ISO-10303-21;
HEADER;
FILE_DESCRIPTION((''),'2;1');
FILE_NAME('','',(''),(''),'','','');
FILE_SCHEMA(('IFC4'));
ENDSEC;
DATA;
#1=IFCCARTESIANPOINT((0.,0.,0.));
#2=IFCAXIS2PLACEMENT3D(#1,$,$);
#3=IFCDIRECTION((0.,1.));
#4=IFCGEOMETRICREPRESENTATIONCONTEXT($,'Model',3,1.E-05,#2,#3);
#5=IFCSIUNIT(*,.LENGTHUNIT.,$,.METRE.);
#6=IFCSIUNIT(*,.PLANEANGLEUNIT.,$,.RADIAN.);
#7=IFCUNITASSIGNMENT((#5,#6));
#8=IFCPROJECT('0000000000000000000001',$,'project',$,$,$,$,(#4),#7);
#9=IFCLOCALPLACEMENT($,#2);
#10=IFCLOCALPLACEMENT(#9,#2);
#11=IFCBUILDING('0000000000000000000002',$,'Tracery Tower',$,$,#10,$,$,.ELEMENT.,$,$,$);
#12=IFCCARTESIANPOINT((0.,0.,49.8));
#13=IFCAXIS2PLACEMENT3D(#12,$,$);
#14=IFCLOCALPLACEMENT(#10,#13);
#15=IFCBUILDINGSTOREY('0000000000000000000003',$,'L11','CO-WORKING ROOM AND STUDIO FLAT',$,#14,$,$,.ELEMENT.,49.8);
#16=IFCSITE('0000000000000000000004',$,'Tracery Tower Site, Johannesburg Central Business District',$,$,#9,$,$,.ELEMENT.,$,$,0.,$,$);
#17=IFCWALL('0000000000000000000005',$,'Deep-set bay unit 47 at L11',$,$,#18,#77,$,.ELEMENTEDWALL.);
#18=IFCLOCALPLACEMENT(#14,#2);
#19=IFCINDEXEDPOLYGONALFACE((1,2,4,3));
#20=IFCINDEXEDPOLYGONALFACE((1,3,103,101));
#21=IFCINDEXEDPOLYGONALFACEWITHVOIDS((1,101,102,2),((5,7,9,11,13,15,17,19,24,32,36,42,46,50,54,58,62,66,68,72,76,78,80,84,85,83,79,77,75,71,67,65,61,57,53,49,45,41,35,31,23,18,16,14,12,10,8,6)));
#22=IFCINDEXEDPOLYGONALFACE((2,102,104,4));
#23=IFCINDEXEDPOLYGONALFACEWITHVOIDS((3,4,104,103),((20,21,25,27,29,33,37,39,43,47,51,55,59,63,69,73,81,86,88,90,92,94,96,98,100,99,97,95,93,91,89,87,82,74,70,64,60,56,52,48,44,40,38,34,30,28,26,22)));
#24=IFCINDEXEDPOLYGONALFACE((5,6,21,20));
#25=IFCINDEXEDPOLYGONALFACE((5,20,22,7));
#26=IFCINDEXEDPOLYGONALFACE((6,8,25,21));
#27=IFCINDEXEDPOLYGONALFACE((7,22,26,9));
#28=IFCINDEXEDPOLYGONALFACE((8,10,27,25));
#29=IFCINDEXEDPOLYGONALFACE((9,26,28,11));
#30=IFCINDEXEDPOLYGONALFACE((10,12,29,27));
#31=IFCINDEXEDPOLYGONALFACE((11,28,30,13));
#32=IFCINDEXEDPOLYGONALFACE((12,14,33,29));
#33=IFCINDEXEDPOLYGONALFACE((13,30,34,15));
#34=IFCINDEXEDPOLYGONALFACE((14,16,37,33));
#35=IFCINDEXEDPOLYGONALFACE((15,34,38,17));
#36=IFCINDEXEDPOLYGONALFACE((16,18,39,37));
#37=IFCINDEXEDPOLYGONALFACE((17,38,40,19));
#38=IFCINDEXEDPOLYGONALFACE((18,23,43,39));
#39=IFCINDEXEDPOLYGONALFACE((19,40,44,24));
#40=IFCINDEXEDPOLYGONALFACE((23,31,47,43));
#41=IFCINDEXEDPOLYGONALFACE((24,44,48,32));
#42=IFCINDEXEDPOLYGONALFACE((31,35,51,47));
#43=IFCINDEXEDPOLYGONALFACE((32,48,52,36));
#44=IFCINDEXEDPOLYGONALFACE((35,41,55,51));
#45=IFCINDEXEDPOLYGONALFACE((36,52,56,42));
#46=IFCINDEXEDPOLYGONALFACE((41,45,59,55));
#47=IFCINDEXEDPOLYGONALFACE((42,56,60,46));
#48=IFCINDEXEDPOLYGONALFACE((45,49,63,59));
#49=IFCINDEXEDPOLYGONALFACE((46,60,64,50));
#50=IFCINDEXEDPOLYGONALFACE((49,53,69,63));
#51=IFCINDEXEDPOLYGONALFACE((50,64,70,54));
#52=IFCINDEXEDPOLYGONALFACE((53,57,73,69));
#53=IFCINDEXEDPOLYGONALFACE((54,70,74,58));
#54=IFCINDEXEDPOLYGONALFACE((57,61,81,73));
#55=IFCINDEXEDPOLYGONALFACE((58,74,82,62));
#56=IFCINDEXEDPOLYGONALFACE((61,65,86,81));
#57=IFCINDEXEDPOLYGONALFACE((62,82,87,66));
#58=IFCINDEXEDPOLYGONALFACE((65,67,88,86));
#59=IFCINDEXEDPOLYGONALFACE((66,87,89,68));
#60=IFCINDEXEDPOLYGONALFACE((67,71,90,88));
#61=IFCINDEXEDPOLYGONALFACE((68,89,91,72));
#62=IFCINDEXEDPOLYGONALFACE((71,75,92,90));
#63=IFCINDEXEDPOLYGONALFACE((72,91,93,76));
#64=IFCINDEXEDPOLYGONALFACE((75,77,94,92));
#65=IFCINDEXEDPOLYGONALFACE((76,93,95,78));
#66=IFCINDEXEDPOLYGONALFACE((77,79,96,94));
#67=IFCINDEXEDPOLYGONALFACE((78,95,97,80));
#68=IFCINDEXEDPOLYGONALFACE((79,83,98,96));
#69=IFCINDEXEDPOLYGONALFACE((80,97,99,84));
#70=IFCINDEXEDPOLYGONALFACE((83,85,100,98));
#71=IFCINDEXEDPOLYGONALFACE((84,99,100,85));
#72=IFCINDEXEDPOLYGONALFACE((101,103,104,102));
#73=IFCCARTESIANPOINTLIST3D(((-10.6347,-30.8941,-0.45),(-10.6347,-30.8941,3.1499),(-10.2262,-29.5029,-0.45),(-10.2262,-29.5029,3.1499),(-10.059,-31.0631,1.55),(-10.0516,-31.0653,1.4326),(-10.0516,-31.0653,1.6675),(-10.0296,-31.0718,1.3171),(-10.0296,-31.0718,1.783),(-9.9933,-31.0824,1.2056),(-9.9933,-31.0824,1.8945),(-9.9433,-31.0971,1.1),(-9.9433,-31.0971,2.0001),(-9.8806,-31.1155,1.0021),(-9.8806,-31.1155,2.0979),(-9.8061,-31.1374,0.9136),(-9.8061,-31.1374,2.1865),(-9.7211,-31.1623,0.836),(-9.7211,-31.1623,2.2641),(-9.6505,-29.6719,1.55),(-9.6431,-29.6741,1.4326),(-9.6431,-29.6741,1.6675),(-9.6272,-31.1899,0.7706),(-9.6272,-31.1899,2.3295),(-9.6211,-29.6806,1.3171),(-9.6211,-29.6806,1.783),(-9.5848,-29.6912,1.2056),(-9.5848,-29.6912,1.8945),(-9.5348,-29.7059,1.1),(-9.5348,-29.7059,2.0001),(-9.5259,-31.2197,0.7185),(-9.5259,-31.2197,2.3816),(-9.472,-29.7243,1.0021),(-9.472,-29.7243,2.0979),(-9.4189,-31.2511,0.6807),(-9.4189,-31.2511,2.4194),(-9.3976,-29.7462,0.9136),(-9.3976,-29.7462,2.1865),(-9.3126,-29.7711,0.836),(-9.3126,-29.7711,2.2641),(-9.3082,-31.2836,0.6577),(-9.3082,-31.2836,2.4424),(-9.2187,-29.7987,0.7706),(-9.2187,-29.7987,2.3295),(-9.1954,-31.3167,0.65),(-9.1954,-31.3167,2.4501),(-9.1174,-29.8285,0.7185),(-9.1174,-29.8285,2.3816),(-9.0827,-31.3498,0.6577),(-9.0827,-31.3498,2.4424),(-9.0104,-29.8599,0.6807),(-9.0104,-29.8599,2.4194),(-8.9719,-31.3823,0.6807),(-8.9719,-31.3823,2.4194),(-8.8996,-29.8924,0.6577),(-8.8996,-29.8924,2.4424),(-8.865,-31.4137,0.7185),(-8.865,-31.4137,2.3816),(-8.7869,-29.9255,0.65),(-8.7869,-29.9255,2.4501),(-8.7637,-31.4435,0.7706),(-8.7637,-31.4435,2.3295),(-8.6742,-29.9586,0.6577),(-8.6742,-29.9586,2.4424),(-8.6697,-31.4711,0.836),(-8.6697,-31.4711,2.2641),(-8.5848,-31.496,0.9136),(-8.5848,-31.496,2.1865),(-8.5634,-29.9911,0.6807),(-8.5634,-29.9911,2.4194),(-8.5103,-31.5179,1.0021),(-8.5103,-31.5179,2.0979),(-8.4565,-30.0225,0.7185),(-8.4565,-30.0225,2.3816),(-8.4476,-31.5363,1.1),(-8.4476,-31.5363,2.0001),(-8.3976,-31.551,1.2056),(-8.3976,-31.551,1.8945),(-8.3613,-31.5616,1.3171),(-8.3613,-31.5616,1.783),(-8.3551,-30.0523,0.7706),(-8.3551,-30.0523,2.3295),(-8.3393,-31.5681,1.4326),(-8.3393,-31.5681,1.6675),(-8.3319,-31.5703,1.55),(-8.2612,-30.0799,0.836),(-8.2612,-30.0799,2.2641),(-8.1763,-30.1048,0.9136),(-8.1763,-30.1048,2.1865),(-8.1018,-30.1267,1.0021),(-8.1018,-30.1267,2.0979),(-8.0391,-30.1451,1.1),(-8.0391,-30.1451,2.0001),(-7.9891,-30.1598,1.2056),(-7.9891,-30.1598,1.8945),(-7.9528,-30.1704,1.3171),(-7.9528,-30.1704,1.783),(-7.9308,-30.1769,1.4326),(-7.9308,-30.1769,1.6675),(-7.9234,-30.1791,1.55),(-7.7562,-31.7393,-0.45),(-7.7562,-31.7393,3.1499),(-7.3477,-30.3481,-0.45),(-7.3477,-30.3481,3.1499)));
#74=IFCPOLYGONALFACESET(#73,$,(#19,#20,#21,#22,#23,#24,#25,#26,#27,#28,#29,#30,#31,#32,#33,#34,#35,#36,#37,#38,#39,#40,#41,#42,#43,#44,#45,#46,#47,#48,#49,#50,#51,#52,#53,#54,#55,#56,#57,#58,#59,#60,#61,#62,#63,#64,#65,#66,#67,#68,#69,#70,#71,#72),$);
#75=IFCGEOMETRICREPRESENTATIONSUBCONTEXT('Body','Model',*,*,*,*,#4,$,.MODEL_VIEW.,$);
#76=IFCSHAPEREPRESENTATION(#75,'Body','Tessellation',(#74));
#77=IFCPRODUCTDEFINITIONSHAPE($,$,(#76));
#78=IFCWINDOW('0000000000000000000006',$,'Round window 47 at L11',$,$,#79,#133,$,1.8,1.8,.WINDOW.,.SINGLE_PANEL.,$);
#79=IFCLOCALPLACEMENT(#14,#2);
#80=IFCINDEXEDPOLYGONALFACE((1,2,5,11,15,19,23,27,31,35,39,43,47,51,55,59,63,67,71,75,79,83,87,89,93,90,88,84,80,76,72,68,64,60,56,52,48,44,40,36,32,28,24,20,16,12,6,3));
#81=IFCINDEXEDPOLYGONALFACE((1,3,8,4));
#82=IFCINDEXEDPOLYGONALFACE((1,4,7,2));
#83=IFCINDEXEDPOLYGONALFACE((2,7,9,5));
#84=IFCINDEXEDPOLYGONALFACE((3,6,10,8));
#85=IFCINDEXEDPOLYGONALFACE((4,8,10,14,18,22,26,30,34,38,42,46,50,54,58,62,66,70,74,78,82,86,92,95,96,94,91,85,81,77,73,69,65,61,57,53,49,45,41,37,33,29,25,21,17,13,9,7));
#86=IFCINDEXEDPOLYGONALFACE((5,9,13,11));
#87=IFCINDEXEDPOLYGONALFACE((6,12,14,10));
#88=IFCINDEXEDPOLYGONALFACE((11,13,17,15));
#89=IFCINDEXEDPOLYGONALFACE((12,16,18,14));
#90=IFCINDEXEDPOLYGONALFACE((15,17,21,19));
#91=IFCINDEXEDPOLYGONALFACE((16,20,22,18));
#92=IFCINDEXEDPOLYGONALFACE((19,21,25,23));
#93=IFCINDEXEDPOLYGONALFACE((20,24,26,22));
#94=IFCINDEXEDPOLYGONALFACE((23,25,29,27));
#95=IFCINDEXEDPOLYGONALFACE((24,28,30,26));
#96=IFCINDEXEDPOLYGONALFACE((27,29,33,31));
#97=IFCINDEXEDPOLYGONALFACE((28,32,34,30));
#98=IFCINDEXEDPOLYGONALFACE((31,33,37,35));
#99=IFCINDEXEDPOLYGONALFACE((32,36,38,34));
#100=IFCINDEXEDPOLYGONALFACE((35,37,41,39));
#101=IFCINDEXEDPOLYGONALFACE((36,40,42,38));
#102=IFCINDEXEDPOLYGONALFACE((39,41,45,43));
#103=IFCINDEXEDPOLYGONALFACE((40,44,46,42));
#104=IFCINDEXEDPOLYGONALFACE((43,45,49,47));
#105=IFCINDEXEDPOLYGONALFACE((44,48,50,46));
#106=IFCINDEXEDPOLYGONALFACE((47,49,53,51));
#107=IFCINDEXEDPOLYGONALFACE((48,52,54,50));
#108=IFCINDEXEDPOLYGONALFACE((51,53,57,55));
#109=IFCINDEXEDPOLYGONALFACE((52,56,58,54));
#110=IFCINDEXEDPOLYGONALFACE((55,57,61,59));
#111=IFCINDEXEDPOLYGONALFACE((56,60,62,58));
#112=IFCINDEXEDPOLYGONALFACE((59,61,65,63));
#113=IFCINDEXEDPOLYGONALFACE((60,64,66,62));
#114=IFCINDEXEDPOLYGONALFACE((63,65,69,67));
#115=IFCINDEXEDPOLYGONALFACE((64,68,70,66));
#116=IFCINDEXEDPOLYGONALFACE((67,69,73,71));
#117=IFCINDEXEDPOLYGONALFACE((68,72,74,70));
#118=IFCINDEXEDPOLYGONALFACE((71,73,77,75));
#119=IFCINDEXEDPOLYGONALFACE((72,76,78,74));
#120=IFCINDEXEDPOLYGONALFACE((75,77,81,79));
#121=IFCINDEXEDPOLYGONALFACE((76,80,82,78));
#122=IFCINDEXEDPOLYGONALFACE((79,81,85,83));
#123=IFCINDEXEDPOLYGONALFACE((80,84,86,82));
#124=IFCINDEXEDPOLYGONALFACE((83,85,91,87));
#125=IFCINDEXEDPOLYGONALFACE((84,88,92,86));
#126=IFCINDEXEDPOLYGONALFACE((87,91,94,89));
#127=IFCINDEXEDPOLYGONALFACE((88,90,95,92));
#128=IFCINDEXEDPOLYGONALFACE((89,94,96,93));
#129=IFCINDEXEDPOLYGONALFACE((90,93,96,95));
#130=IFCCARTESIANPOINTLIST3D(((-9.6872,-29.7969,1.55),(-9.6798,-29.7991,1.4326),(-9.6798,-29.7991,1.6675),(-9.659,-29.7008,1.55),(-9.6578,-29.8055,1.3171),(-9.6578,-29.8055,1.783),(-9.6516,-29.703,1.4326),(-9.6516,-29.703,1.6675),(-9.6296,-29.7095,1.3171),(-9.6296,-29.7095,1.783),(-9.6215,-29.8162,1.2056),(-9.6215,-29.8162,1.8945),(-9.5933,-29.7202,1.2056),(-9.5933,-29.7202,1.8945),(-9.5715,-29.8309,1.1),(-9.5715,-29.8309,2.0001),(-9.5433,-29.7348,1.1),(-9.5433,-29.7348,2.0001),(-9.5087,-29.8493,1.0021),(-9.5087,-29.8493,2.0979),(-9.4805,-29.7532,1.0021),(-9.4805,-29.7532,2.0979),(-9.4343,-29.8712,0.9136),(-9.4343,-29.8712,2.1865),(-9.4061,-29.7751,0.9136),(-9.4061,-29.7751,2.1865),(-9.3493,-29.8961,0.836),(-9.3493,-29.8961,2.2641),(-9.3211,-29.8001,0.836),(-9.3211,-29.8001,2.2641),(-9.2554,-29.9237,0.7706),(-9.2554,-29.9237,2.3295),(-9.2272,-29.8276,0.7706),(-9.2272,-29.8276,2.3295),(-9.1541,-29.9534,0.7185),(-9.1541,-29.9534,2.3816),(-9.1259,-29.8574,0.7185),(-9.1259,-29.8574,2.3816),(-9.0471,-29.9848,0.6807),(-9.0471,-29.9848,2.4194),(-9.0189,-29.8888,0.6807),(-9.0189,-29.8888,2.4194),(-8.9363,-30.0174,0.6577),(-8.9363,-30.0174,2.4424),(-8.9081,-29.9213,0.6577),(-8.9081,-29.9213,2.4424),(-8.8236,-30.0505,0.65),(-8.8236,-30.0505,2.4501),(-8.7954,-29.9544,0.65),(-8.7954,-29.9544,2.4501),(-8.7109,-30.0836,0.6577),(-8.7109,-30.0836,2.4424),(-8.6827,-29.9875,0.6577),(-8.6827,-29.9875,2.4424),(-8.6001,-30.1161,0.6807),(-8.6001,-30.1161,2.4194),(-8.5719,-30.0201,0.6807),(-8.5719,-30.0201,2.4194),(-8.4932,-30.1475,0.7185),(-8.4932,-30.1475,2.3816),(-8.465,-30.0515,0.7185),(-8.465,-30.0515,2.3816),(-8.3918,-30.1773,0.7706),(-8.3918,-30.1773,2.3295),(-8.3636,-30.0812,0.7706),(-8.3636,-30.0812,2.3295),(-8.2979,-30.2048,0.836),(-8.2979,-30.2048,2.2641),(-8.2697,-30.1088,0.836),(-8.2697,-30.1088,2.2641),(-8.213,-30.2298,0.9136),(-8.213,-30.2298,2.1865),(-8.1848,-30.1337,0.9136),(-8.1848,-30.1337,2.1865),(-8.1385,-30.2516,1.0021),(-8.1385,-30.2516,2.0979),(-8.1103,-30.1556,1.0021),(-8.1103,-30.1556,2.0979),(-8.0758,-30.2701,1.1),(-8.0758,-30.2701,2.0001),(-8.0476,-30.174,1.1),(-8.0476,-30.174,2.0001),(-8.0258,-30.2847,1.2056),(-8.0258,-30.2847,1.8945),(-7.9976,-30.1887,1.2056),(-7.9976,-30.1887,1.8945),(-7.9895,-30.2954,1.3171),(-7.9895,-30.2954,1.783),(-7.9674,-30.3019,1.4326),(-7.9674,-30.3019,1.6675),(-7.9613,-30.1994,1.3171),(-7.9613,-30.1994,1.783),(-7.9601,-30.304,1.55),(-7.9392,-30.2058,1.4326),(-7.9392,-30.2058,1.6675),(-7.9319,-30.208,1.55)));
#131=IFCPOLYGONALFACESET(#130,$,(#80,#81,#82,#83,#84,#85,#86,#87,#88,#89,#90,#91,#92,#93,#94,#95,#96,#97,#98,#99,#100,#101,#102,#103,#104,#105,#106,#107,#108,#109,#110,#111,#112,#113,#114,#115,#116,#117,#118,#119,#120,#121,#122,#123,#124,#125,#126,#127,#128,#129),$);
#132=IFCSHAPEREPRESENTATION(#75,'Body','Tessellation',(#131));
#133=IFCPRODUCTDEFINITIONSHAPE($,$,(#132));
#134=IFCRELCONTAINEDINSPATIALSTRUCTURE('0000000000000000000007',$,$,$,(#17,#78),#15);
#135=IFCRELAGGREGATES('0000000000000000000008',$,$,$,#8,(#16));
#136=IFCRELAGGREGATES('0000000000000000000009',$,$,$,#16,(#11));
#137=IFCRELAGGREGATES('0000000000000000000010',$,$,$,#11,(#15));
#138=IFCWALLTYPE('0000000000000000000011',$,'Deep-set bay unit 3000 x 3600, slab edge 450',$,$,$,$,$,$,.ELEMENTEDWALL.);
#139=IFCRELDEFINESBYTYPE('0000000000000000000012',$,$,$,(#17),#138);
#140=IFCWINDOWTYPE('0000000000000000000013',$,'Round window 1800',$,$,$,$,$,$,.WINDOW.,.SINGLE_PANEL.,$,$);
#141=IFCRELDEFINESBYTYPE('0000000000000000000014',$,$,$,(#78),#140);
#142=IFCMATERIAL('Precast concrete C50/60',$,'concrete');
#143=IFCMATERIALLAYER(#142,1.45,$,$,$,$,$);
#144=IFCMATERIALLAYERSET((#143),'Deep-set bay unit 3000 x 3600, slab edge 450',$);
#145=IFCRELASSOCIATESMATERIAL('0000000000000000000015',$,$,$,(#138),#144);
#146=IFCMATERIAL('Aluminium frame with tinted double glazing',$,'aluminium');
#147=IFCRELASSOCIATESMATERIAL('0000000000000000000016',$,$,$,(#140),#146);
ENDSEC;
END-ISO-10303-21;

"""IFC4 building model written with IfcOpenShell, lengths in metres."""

from ifc_helpers import new_model, si_unit, direction, frame, frame_2d, origin, origin_2d, place, context, subcontext, project, spatial, rectangle, circle, extrude, material, layer, layer_set, type_object, element, fill, save


model = new_model("IFC4")

# Units and contexts
model_context = context("Model", 3, precision=1e-05, world=origin(), true_north=direction((0.0, 1.0)))
body_context = subcontext(model_context, "Body", "Model", "MODEL_VIEW")
ifc_project = project(units=[si_unit("LENGTHUNIT", "METRE"), si_unit("PLANEANGLEUNIT", "RADIAN")], contexts=[model_context])

# Site, building, storey
site_placement = place(None, origin())
site = spatial("IfcSite", under=ifc_project, at=site_placement, Name="Tracery Tower Site, Johannesburg Central Business District", CompositionType="ELEMENT", RefElevation=0.0)
building_placement = place(site_placement, origin())
building = spatial("IfcBuilding", under=site, at=building_placement, Name="Tracery Tower", CompositionType="ELEMENT")
storey_placement = place(building_placement, frame((0.0, 0.0, 49.8)))
storey = spatial("IfcBuildingStorey", under=building, at=storey_placement, Name="L11", Description="CO-WORKING ROOM AND STUDIO FLAT", CompositionType="ELEMENT", Elevation=49.8)

# Wall, opening, window
ifc_material_1 = material(Name="Precast concrete C50/60", Category="concrete")
ifc_layer_1 = layer(ifc_material_1, 1.45)
ifc_layer_set_1 = layer_set([ifc_layer_1], Name="Deep-set bay unit 3000 x 3600, slab edge 450")
wall_type_1 = type_object("IfcWallType", Name="Deep-set bay unit 3000 x 3600, slab edge 450", PredefinedType="ELEMENTEDWALL", material=ifc_layer_set_1)
wall_1_placement = place(storey_placement, frame((-10.4304, -30.1985, -0.45), z_axis=(0.0, 0.0, 1.0), x_axis=(0.95949, -0.281743, 0.0)))
wall_1 = element("IfcWall", 1, at=wall_1_placement, inside=storey, type_object=wall_type_1, Name="Deep-set bay unit 47 at L11", PredefinedType="ELEMENTEDWALL", context=body_context, shape_type="SweptSolid", body=[
    extrude(rectangle(XDim=3.0, YDim=1.45, at=frame_2d((1.5, 0.0))), origin(), (0.0, 0.0, 1.0), 3.5999),
])
opening_1_placement = place(wall_1_placement, frame((1.5, 0.0, 2.0)))
opening_1 = element("IfcOpeningElement", 2, at=opening_1_placement, cuts=wall_1, PredefinedType="OPENING", context=body_context, shape_type="SweptSolid", body=[
    extrude(circle(Radius=0.9, at=origin_2d()), frame((0.0, 0.7349, 0.0), z_axis=(0.0, -1.0, 0.0), x_axis=(1.0, 0.0, 0.0)), (0.0, 0.0, 1.0), 1.47),
])
ifc_material_2 = material(Name="Aluminium frame with tinted double glazing", Category="aluminium")
window_type = type_object("IfcWindowType", Name="Round window 1800", PartitioningType="SINGLE_PANEL", PredefinedType="WINDOW", material=ifc_material_2)
window_1_placement = place(opening_1_placement, origin())
window_1 = element("IfcWindow", 3, at=window_1_placement, inside=storey, type_object=window_type, Name="Round window 47 at L11", OverallHeight=1.8, OverallWidth=1.8, PartitioningType="SINGLE_PANEL", PredefinedType="WINDOW", context=body_context, shape_type="SweptSolid", body=[
    extrude(circle(Radius=0.9, at=origin_2d()), frame((0.0, 0.6948, 0.0), z_axis=(0.0, -1.0, 0.0), x_axis=(1.0, 0.0, 0.0)), (0.0, 0.0, 1.0), 0.1001),
])
fill(opening_1, window_1)

save(model, "model.ifc")
